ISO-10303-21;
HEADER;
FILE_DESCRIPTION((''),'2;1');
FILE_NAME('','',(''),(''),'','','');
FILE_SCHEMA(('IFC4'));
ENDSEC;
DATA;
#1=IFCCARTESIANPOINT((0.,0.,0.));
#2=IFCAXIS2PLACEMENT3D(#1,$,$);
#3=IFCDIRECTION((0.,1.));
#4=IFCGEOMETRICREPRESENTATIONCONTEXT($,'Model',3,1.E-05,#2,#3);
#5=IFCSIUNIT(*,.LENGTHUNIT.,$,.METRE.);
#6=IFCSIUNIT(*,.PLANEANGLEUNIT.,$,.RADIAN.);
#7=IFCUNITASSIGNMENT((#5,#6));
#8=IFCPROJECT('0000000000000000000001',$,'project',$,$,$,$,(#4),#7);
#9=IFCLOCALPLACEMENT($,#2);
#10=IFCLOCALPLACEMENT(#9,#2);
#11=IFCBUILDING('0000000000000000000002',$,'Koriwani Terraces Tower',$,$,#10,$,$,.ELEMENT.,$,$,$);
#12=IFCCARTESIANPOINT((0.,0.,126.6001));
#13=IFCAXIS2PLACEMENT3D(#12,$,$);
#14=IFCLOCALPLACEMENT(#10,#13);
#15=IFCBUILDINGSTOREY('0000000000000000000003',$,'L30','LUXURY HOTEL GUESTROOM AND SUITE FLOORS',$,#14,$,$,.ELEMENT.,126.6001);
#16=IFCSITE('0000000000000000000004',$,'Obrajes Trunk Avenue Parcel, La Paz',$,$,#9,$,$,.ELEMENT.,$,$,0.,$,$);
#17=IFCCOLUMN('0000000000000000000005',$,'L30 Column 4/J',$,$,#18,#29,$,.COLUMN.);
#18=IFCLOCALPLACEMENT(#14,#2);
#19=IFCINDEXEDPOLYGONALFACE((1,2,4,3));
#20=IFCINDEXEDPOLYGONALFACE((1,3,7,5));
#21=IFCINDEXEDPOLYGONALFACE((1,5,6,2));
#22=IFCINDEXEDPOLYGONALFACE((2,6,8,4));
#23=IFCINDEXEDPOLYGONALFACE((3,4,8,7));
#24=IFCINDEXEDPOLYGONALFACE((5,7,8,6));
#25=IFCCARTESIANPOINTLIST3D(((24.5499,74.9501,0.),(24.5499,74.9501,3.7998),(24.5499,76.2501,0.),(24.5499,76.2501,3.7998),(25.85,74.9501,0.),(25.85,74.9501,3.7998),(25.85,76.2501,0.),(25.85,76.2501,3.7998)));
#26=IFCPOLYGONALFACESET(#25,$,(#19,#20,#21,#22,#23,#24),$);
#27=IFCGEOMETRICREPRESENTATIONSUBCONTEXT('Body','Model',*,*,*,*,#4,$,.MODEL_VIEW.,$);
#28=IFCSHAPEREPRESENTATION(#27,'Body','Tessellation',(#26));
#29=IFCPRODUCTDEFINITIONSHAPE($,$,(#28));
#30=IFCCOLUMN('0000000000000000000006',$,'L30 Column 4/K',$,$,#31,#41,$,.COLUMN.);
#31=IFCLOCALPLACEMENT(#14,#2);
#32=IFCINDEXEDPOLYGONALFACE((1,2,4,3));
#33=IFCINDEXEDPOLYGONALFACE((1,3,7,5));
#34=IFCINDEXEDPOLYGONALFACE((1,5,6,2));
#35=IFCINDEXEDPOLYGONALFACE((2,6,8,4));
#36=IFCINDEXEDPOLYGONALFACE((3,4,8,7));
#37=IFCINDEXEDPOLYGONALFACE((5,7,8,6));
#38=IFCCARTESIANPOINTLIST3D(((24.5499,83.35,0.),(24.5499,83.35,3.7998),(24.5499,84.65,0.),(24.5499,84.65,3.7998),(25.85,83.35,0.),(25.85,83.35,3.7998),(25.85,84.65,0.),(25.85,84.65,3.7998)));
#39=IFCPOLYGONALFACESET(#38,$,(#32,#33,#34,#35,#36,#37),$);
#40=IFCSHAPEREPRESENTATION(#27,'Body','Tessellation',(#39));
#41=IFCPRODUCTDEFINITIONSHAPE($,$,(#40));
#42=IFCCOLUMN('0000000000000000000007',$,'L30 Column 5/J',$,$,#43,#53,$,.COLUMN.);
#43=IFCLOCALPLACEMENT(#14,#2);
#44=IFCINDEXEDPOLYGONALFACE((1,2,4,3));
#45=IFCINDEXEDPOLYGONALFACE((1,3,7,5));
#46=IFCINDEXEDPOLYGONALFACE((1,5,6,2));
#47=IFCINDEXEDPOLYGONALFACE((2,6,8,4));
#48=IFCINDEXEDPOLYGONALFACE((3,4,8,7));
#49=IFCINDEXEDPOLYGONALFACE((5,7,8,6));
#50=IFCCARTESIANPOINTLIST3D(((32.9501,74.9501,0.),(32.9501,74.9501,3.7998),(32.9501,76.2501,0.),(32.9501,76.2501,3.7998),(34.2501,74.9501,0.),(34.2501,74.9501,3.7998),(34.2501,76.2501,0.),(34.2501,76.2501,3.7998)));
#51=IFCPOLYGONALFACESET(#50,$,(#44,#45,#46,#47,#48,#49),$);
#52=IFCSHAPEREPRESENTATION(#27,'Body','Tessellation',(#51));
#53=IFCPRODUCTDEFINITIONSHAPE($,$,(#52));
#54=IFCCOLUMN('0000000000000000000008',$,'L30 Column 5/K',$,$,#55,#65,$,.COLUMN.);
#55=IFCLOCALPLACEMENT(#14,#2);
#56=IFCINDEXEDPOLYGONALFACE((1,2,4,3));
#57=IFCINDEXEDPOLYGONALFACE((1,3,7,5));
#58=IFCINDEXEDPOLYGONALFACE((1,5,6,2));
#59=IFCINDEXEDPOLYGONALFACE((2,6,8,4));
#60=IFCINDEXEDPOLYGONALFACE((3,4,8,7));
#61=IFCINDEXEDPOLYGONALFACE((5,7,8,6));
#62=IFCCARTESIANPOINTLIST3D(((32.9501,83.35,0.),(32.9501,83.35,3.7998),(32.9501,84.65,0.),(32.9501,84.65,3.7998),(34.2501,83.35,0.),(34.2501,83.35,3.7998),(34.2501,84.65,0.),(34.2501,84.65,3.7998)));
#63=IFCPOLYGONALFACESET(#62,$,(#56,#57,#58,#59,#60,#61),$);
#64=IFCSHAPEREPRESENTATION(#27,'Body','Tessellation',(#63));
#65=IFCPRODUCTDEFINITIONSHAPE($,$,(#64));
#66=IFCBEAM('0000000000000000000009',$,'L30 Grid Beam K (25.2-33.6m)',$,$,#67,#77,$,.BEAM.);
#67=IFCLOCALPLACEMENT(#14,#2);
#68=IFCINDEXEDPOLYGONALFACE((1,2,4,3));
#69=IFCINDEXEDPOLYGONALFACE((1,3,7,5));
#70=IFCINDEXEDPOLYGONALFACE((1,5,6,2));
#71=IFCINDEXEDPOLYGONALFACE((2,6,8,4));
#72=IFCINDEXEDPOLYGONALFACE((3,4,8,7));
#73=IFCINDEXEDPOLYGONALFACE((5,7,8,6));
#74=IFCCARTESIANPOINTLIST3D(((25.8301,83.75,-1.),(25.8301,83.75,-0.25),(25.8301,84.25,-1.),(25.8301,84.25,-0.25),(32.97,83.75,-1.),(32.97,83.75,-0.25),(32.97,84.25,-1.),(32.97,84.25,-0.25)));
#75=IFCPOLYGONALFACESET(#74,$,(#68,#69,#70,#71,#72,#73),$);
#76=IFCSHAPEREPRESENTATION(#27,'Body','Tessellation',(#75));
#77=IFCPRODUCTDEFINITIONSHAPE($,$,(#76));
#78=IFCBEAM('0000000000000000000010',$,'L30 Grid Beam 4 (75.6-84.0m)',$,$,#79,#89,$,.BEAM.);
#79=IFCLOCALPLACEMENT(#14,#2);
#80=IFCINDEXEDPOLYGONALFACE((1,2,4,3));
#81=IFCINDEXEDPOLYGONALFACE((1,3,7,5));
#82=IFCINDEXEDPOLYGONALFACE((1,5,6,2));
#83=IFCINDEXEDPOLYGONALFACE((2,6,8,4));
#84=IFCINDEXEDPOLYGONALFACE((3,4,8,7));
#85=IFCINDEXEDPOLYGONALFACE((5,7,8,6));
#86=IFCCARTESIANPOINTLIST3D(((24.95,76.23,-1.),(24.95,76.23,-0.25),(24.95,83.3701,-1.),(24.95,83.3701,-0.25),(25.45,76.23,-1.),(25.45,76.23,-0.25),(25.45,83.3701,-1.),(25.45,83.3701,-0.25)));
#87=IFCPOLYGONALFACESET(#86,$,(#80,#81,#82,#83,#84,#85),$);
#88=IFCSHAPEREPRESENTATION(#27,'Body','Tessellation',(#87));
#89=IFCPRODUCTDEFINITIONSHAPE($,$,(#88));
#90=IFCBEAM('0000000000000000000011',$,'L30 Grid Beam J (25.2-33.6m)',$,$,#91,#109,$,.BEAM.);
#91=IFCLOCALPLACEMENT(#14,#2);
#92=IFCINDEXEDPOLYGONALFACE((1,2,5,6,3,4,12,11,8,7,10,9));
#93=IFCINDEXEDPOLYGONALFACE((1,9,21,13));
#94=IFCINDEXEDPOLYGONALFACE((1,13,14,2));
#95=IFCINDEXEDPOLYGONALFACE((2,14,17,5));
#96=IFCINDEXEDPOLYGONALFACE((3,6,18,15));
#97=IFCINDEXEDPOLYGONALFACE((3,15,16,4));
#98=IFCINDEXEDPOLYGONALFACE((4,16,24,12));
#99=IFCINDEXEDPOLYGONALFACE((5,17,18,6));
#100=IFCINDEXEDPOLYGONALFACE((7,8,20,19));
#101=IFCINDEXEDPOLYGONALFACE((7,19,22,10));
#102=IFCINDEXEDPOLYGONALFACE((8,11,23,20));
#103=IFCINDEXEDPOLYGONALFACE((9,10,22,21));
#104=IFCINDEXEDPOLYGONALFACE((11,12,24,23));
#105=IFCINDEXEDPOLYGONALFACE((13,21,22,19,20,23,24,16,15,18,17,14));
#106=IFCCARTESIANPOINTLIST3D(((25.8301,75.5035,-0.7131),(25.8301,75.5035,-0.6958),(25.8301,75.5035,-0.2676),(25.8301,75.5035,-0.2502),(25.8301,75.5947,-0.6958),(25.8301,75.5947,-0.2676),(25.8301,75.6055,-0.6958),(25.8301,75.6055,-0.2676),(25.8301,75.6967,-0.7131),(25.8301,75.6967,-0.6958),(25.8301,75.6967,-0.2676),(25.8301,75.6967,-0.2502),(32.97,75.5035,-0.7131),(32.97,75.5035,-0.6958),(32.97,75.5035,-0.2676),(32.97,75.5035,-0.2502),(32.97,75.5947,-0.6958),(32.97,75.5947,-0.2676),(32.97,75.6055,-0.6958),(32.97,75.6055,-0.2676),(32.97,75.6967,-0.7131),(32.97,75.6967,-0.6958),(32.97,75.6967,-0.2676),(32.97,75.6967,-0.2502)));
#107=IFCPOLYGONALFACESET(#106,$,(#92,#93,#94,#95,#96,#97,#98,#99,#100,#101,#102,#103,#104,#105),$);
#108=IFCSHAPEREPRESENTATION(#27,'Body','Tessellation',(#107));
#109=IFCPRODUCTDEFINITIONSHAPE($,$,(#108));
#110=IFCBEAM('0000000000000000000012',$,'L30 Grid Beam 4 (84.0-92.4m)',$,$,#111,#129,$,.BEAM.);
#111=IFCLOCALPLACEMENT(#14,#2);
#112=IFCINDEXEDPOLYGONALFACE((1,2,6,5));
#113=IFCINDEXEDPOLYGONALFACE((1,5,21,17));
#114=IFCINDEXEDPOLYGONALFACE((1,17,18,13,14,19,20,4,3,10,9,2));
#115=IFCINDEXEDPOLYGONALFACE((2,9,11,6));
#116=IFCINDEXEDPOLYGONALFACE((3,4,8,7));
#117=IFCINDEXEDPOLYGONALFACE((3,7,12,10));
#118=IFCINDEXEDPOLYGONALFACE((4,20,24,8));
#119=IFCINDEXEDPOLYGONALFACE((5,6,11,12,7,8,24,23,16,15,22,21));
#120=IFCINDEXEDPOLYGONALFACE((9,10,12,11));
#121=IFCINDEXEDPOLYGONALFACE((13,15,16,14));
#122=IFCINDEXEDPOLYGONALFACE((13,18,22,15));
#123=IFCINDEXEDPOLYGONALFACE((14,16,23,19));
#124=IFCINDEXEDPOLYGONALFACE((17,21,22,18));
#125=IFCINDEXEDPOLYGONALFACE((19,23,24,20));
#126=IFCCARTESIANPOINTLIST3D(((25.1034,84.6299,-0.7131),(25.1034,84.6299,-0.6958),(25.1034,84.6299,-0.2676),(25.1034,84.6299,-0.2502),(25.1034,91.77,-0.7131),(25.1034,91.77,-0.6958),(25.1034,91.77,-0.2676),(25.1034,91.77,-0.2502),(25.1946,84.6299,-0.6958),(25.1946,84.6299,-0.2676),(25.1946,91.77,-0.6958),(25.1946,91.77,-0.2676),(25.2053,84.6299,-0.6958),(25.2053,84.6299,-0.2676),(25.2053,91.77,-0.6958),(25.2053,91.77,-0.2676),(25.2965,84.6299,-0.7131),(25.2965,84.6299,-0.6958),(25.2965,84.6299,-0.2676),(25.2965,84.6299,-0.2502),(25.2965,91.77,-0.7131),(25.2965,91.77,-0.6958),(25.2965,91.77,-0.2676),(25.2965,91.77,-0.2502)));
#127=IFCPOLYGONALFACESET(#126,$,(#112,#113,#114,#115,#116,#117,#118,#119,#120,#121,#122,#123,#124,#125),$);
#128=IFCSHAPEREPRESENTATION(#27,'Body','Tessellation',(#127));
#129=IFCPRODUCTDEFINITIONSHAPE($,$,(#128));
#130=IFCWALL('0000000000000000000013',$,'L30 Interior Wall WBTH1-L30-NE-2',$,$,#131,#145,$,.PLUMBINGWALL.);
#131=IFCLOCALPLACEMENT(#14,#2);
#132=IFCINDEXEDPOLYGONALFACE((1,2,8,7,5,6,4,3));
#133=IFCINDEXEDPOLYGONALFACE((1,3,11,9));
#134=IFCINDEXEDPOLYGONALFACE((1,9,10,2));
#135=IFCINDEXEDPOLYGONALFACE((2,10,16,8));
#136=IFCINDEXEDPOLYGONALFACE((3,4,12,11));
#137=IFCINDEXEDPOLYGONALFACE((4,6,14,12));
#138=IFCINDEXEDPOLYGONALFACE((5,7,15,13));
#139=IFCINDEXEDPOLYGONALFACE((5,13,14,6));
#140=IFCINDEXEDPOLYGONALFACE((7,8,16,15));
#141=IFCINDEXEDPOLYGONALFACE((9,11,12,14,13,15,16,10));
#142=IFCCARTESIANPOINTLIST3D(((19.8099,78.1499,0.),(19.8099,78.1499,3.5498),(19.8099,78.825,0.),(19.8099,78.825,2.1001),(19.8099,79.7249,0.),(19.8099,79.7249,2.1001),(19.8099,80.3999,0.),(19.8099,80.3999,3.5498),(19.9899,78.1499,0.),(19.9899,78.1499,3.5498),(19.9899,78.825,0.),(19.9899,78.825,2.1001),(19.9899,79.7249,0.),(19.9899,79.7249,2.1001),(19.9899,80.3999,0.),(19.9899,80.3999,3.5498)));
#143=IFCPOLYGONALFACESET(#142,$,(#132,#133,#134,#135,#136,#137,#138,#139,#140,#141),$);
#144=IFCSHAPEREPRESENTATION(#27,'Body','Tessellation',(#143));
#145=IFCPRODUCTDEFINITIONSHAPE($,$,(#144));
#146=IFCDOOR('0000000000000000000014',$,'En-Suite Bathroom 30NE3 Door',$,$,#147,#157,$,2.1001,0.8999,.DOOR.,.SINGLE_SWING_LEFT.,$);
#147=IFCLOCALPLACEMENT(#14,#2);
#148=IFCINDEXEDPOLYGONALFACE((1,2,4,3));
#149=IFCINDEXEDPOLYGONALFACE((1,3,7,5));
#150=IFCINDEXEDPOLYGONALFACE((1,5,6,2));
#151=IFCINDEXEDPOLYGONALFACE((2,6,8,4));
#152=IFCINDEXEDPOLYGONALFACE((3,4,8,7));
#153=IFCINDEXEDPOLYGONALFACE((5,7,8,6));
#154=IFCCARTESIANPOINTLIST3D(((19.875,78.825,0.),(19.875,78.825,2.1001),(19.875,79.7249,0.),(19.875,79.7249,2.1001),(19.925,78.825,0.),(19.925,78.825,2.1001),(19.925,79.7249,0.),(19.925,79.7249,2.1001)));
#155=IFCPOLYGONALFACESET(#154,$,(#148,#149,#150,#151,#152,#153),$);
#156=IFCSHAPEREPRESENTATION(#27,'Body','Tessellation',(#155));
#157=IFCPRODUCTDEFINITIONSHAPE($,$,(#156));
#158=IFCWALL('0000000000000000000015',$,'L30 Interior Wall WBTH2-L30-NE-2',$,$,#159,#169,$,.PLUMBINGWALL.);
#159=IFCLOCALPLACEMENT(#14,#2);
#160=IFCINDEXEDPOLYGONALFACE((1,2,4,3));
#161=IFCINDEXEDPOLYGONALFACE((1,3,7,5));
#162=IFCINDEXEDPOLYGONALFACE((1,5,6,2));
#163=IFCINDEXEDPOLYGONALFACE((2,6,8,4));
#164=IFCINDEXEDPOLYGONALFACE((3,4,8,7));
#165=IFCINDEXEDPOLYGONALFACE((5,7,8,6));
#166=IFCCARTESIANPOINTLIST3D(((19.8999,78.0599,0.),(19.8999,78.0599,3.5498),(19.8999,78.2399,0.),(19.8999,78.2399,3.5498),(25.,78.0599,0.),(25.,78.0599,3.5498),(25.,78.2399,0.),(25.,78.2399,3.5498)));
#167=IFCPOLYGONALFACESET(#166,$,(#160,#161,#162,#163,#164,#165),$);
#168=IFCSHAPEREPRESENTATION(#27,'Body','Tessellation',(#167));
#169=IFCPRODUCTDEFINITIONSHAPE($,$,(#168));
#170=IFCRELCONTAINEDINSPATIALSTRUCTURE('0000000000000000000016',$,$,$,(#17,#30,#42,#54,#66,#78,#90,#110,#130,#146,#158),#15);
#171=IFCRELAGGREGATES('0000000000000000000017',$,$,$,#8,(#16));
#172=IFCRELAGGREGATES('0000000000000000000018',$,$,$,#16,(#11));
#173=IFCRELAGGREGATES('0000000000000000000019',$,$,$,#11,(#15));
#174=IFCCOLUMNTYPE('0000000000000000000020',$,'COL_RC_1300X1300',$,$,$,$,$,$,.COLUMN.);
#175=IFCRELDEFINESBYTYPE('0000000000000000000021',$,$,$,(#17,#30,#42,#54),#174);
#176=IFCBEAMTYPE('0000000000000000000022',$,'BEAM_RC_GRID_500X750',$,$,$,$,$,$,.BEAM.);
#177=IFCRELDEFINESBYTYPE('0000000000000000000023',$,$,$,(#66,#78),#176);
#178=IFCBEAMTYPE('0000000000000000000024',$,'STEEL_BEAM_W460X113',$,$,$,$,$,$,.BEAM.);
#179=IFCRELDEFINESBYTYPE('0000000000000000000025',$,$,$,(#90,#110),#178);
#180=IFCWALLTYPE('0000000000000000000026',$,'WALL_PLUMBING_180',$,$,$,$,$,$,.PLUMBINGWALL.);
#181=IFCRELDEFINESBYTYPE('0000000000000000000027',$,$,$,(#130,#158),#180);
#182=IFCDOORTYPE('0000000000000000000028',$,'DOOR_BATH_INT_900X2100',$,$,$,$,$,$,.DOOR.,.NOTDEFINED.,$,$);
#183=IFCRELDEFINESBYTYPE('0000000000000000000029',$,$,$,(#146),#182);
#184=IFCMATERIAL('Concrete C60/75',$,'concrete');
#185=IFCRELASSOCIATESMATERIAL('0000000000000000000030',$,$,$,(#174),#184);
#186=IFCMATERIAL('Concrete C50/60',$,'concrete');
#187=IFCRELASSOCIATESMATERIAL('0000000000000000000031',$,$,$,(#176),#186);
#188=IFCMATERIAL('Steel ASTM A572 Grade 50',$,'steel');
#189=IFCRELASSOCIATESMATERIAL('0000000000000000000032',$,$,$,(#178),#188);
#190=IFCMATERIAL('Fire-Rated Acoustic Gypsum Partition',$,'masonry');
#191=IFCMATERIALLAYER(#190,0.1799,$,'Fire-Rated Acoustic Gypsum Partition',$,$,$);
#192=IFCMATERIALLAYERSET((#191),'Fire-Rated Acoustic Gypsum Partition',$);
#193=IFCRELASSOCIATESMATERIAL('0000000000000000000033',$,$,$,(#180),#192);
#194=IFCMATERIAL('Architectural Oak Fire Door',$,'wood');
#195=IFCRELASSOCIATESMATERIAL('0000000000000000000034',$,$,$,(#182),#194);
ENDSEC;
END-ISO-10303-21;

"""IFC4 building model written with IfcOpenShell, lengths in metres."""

from ifc_helpers import new_model, si_unit, direction, frame, frame_2d, origin, origin_2d, place, context, subcontext, project, spatial, rectangle, i_section, extrude, material, layer, layer_set, material_profile, profile_set, type_object, element, fill, save


model = new_model("IFC4")

# Units and contexts
model_context = context("Model", 3, precision=1e-05, world=origin(), true_north=direction((0.0, 1.0)))
body_context = subcontext(model_context, "Body", "Model", "MODEL_VIEW")
ifc_project = project(units=[si_unit("LENGTHUNIT", "METRE"), si_unit("PLANEANGLEUNIT", "RADIAN")], contexts=[model_context])

# Site, building, storey
site_placement = place(None, origin())
site = spatial("IfcSite", under=ifc_project, at=site_placement, Name="Obrajes Trunk Avenue Parcel, La Paz", CompositionType="ELEMENT", RefElevation=0.0)
building_placement = place(site_placement, origin())
building = spatial("IfcBuilding", under=site, at=building_placement, Name="Koriwani Terraces Tower", CompositionType="ELEMENT")
storey_placement = place(building_placement, frame((0.0, 0.0, 126.6001)))
storey = spatial("IfcBuildingStorey", under=building, at=storey_placement, Name="L30", Description="LUXURY HOTEL GUESTROOM AND SUITE FLOORS", CompositionType="ELEMENT", Elevation=126.6001)

# Columns
ifc_material_1 = material(Name="Concrete C60/75", Category="concrete")
ifc_material_profile_1 = material_profile(ifc_material_1, rectangle(XDim=1.3, YDim=1.3, at=origin_2d()), Name="Concrete C60/75", Category="LoadBearing")
ifc_profile_set_1 = profile_set([ifc_material_profile_1], Name="Concrete C60/75")
column_type = type_object("IfcColumnType", Name="COL_RC_1300X1300", PredefinedType="COLUMN", material=ifc_profile_set_1)
for number, where, z_axis, x_axis, name in (
    (1, (25.2, 75.6001, 0.0), (0.0, 0.0, 1.0), (1.0, 0.0, 0.0), "L30 Column 4/J"),
    (2, (25.2, 84.0, 0.0), (0.0, 0.0, 1.0), (1.0, 0.0, 0.0), "L30 Column 4/K"),
    (3, (33.6001, 75.6001, 0.0), (0.0, 0.0, 1.0), (1.0, 0.0, 0.0), "L30 Column 5/J"),
    (4, (33.6001, 84.0, 0.0), (0.0, 0.0, 1.0), (1.0, 0.0, 0.0), "L30 Column 5/K"),
):
    element("IfcColumn", number, at=place(storey_placement, frame(where, z_axis=z_axis, x_axis=x_axis)), inside=storey, type_object=column_type, Name=name, PredefinedType="COLUMN", context=body_context, shape_type="SweptSolid", body=[
        extrude(rectangle(XDim=1.3, YDim=1.3, at=origin_2d()), origin(), (0.0, 0.0, 1.0), 3.7998),
    ])

# Beams
ifc_material_2 = material(Name="Concrete C50/60", Category="concrete")
ifc_material_profile_2 = material_profile(ifc_material_2, rectangle(XDim=0.5, YDim=0.75, at=origin_2d()), Name="Concrete C50/60", Category="LoadBearing")
ifc_profile_set_2 = profile_set([ifc_material_profile_2], Name="Concrete C50/60")
beam_type_1 = type_object("IfcBeamType", Name="BEAM_RC_GRID_500X750", PredefinedType="BEAM", material=ifc_profile_set_2)
beam_1_placement = place(storey_placement, frame((25.8301, 84.0, -0.625), z_axis=(1.0, 0.0, 0.0), x_axis=(0.0, 1.0, 0.0)))
element("IfcBeam", 5, at=beam_1_placement, inside=storey, type_object=beam_type_1, Name="L30 Grid Beam K (25.2-33.6m)", PredefinedType="BEAM", context=body_context, shape_type="SweptSolid", body=[
    extrude(rectangle(XDim=0.5, YDim=0.75, at=origin_2d()), origin(), (0.0, 0.0, 1.0), 7.1399),
])
beam_2_placement = place(storey_placement, frame((25.2, 76.23, -0.625), z_axis=(0.0, 1.0, 0.0), x_axis=(-1.0, 0.0, 0.0)))
element("IfcBeam", 6, at=beam_2_placement, inside=storey, type_object=beam_type_1, Name="L30 Grid Beam 4 (75.6-84.0m)", PredefinedType="BEAM", context=body_context, shape_type="SweptSolid", body=[
    extrude(rectangle(XDim=0.5, YDim=0.75, at=origin_2d()), origin(), (0.0, 0.0, 1.0), 7.1401),
])
ifc_material_3 = material(Name="Steel ASTM A572 Grade 50", Category="steel")
ifc_material_profile_3 = material_profile(ifc_material_3, i_section(OverallWidth=0.1931, OverallDepth=0.4629, WebThickness=0.0107, FlangeThickness=0.0173, at=origin_2d()), Name="Steel ASTM A572 Grade 50", Category="LoadBearing")
ifc_profile_set_3 = profile_set([ifc_material_profile_3], Name="Steel ASTM A572 Grade 50")
beam_type_2 = type_object("IfcBeamType", Name="STEEL_BEAM_W460X113", PredefinedType="BEAM", material=ifc_profile_set_3)
beam_3_placement = place(storey_placement, frame((25.8301, 75.6001, -0.4817), z_axis=(1.0, 0.0, 0.0), x_axis=(0.0, 1.0, 0.0)))
element("IfcBeam", 7, at=beam_3_placement, inside=storey, type_object=beam_type_2, Name="L30 Grid Beam J (25.2-33.6m)", PredefinedType="BEAM", context=body_context, shape_type="SweptSolid", body=[
    extrude(i_section(OverallWidth=0.1931, OverallDepth=0.4629, WebThickness=0.0107, FlangeThickness=0.0173, at=origin_2d()), origin(), (0.0, 0.0, 1.0), 7.1399),
])
beam_4_placement = place(storey_placement, frame((25.2, 84.6299, -0.4817), z_axis=(0.0, 1.0, 0.0), x_axis=(-1.0, 0.0, 0.0)))
element("IfcBeam", 8, at=beam_4_placement, inside=storey, type_object=beam_type_2, Name="L30 Grid Beam 4 (84.0-92.4m)", PredefinedType="BEAM", context=body_context, shape_type="SweptSolid", body=[
    extrude(i_section(OverallWidth=0.1931, OverallDepth=0.4629, WebThickness=0.0107, FlangeThickness=0.0173, at=origin_2d()), origin(), (0.0, 0.0, 1.0), 7.1401),
])

# Wall, opening, door
ifc_material_4 = material(Name="Fire-Rated Acoustic Gypsum Partition", Category="masonry")
ifc_layer_1 = layer(ifc_material_4, 0.1799, Name="Fire-Rated Acoustic Gypsum Partition")
ifc_layer_set_1 = layer_set([ifc_layer_1], Name="Fire-Rated Acoustic Gypsum Partition")
wall_type = type_object("IfcWallType", Name="WALL_PLUMBING_180", PredefinedType="PLUMBINGWALL", material=ifc_layer_set_1)
wall_1_placement = place(storey_placement, frame((19.8999, 78.1499, 0.0), z_axis=(0.0, 0.0, 1.0), x_axis=(0.0, 1.0, 0.0)))
wall_1 = element("IfcWall", 9, at=wall_1_placement, inside=storey, type_object=wall_type, Name="L30 Interior Wall WBTH1-L30-NE-2", PredefinedType="PLUMBINGWALL", context=body_context, shape_type="SweptSolid", body=[
    extrude(rectangle(XDim=2.25, YDim=0.1799, at=frame_2d((1.125, 0.0))), origin(), (0.0, 0.0, 1.0), 3.5498),
])
opening_1_placement = place(wall_1_placement, frame((0.675, 0.0, 0.0)))
opening_1 = element("IfcOpeningElement", 10, at=opening_1_placement, cuts=wall_1, PredefinedType="OPENING", context=body_context, shape_type="SweptSolid", body=[
    extrude(rectangle(XDim=0.8999, YDim=2.1001, at=frame_2d((0.45, 1.05))), frame((0.0, 0.1001, 0.0), z_axis=(0.0, -1.0, 0.0), x_axis=(1.0, 0.0, 0.0)), (0.0, 0.0, 1.0), 0.2),
])
ifc_material_5 = material(Name="Architectural Oak Fire Door", Category="wood")
door_type = type_object("IfcDoorType", Name="DOOR_BATH_INT_900X2100", OperationType="NOTDEFINED", PredefinedType="DOOR", material=ifc_material_5)
door_1_placement = place(opening_1_placement, origin())
door_1 = element("IfcDoor", 11, at=door_1_placement, inside=storey, type_object=door_type, Name="En-Suite Bathroom 30NE3 Door", OperationType="SINGLE_SWING_LEFT", OverallHeight=2.1001, OverallWidth=0.8999, PredefinedType="DOOR", context=body_context, shape_type="SweptSolid", body=[
    extrude(rectangle(XDim=0.8999, YDim=2.1001, at=frame_2d((0.45, 1.05))), frame((0.0, 0.0249, 0.0), z_axis=(0.0, -1.0, 0.0), x_axis=(1.0, 0.0, 0.0)), (0.0, 0.0, 1.0), 0.05),
])
fill(opening_1, door_1)

# Wall
wall_2_placement = place(storey_placement, frame((19.8999, 78.1499, 0.0), z_axis=(0.0, 0.0, 1.0), x_axis=(1.0, 0.0, 0.0)))
element("IfcWall", 12, at=wall_2_placement, inside=storey, type_object=wall_type, Name="L30 Interior Wall WBTH2-L30-NE-2", PredefinedType="PLUMBINGWALL", context=body_context, shape_type="SweptSolid", body=[
    extrude(rectangle(XDim=5.1001, YDim=0.1799, at=frame_2d((2.55, 0.0))), origin(), (0.0, 0.0, 1.0), 3.5498),
])

save(model, "model.ifc")
